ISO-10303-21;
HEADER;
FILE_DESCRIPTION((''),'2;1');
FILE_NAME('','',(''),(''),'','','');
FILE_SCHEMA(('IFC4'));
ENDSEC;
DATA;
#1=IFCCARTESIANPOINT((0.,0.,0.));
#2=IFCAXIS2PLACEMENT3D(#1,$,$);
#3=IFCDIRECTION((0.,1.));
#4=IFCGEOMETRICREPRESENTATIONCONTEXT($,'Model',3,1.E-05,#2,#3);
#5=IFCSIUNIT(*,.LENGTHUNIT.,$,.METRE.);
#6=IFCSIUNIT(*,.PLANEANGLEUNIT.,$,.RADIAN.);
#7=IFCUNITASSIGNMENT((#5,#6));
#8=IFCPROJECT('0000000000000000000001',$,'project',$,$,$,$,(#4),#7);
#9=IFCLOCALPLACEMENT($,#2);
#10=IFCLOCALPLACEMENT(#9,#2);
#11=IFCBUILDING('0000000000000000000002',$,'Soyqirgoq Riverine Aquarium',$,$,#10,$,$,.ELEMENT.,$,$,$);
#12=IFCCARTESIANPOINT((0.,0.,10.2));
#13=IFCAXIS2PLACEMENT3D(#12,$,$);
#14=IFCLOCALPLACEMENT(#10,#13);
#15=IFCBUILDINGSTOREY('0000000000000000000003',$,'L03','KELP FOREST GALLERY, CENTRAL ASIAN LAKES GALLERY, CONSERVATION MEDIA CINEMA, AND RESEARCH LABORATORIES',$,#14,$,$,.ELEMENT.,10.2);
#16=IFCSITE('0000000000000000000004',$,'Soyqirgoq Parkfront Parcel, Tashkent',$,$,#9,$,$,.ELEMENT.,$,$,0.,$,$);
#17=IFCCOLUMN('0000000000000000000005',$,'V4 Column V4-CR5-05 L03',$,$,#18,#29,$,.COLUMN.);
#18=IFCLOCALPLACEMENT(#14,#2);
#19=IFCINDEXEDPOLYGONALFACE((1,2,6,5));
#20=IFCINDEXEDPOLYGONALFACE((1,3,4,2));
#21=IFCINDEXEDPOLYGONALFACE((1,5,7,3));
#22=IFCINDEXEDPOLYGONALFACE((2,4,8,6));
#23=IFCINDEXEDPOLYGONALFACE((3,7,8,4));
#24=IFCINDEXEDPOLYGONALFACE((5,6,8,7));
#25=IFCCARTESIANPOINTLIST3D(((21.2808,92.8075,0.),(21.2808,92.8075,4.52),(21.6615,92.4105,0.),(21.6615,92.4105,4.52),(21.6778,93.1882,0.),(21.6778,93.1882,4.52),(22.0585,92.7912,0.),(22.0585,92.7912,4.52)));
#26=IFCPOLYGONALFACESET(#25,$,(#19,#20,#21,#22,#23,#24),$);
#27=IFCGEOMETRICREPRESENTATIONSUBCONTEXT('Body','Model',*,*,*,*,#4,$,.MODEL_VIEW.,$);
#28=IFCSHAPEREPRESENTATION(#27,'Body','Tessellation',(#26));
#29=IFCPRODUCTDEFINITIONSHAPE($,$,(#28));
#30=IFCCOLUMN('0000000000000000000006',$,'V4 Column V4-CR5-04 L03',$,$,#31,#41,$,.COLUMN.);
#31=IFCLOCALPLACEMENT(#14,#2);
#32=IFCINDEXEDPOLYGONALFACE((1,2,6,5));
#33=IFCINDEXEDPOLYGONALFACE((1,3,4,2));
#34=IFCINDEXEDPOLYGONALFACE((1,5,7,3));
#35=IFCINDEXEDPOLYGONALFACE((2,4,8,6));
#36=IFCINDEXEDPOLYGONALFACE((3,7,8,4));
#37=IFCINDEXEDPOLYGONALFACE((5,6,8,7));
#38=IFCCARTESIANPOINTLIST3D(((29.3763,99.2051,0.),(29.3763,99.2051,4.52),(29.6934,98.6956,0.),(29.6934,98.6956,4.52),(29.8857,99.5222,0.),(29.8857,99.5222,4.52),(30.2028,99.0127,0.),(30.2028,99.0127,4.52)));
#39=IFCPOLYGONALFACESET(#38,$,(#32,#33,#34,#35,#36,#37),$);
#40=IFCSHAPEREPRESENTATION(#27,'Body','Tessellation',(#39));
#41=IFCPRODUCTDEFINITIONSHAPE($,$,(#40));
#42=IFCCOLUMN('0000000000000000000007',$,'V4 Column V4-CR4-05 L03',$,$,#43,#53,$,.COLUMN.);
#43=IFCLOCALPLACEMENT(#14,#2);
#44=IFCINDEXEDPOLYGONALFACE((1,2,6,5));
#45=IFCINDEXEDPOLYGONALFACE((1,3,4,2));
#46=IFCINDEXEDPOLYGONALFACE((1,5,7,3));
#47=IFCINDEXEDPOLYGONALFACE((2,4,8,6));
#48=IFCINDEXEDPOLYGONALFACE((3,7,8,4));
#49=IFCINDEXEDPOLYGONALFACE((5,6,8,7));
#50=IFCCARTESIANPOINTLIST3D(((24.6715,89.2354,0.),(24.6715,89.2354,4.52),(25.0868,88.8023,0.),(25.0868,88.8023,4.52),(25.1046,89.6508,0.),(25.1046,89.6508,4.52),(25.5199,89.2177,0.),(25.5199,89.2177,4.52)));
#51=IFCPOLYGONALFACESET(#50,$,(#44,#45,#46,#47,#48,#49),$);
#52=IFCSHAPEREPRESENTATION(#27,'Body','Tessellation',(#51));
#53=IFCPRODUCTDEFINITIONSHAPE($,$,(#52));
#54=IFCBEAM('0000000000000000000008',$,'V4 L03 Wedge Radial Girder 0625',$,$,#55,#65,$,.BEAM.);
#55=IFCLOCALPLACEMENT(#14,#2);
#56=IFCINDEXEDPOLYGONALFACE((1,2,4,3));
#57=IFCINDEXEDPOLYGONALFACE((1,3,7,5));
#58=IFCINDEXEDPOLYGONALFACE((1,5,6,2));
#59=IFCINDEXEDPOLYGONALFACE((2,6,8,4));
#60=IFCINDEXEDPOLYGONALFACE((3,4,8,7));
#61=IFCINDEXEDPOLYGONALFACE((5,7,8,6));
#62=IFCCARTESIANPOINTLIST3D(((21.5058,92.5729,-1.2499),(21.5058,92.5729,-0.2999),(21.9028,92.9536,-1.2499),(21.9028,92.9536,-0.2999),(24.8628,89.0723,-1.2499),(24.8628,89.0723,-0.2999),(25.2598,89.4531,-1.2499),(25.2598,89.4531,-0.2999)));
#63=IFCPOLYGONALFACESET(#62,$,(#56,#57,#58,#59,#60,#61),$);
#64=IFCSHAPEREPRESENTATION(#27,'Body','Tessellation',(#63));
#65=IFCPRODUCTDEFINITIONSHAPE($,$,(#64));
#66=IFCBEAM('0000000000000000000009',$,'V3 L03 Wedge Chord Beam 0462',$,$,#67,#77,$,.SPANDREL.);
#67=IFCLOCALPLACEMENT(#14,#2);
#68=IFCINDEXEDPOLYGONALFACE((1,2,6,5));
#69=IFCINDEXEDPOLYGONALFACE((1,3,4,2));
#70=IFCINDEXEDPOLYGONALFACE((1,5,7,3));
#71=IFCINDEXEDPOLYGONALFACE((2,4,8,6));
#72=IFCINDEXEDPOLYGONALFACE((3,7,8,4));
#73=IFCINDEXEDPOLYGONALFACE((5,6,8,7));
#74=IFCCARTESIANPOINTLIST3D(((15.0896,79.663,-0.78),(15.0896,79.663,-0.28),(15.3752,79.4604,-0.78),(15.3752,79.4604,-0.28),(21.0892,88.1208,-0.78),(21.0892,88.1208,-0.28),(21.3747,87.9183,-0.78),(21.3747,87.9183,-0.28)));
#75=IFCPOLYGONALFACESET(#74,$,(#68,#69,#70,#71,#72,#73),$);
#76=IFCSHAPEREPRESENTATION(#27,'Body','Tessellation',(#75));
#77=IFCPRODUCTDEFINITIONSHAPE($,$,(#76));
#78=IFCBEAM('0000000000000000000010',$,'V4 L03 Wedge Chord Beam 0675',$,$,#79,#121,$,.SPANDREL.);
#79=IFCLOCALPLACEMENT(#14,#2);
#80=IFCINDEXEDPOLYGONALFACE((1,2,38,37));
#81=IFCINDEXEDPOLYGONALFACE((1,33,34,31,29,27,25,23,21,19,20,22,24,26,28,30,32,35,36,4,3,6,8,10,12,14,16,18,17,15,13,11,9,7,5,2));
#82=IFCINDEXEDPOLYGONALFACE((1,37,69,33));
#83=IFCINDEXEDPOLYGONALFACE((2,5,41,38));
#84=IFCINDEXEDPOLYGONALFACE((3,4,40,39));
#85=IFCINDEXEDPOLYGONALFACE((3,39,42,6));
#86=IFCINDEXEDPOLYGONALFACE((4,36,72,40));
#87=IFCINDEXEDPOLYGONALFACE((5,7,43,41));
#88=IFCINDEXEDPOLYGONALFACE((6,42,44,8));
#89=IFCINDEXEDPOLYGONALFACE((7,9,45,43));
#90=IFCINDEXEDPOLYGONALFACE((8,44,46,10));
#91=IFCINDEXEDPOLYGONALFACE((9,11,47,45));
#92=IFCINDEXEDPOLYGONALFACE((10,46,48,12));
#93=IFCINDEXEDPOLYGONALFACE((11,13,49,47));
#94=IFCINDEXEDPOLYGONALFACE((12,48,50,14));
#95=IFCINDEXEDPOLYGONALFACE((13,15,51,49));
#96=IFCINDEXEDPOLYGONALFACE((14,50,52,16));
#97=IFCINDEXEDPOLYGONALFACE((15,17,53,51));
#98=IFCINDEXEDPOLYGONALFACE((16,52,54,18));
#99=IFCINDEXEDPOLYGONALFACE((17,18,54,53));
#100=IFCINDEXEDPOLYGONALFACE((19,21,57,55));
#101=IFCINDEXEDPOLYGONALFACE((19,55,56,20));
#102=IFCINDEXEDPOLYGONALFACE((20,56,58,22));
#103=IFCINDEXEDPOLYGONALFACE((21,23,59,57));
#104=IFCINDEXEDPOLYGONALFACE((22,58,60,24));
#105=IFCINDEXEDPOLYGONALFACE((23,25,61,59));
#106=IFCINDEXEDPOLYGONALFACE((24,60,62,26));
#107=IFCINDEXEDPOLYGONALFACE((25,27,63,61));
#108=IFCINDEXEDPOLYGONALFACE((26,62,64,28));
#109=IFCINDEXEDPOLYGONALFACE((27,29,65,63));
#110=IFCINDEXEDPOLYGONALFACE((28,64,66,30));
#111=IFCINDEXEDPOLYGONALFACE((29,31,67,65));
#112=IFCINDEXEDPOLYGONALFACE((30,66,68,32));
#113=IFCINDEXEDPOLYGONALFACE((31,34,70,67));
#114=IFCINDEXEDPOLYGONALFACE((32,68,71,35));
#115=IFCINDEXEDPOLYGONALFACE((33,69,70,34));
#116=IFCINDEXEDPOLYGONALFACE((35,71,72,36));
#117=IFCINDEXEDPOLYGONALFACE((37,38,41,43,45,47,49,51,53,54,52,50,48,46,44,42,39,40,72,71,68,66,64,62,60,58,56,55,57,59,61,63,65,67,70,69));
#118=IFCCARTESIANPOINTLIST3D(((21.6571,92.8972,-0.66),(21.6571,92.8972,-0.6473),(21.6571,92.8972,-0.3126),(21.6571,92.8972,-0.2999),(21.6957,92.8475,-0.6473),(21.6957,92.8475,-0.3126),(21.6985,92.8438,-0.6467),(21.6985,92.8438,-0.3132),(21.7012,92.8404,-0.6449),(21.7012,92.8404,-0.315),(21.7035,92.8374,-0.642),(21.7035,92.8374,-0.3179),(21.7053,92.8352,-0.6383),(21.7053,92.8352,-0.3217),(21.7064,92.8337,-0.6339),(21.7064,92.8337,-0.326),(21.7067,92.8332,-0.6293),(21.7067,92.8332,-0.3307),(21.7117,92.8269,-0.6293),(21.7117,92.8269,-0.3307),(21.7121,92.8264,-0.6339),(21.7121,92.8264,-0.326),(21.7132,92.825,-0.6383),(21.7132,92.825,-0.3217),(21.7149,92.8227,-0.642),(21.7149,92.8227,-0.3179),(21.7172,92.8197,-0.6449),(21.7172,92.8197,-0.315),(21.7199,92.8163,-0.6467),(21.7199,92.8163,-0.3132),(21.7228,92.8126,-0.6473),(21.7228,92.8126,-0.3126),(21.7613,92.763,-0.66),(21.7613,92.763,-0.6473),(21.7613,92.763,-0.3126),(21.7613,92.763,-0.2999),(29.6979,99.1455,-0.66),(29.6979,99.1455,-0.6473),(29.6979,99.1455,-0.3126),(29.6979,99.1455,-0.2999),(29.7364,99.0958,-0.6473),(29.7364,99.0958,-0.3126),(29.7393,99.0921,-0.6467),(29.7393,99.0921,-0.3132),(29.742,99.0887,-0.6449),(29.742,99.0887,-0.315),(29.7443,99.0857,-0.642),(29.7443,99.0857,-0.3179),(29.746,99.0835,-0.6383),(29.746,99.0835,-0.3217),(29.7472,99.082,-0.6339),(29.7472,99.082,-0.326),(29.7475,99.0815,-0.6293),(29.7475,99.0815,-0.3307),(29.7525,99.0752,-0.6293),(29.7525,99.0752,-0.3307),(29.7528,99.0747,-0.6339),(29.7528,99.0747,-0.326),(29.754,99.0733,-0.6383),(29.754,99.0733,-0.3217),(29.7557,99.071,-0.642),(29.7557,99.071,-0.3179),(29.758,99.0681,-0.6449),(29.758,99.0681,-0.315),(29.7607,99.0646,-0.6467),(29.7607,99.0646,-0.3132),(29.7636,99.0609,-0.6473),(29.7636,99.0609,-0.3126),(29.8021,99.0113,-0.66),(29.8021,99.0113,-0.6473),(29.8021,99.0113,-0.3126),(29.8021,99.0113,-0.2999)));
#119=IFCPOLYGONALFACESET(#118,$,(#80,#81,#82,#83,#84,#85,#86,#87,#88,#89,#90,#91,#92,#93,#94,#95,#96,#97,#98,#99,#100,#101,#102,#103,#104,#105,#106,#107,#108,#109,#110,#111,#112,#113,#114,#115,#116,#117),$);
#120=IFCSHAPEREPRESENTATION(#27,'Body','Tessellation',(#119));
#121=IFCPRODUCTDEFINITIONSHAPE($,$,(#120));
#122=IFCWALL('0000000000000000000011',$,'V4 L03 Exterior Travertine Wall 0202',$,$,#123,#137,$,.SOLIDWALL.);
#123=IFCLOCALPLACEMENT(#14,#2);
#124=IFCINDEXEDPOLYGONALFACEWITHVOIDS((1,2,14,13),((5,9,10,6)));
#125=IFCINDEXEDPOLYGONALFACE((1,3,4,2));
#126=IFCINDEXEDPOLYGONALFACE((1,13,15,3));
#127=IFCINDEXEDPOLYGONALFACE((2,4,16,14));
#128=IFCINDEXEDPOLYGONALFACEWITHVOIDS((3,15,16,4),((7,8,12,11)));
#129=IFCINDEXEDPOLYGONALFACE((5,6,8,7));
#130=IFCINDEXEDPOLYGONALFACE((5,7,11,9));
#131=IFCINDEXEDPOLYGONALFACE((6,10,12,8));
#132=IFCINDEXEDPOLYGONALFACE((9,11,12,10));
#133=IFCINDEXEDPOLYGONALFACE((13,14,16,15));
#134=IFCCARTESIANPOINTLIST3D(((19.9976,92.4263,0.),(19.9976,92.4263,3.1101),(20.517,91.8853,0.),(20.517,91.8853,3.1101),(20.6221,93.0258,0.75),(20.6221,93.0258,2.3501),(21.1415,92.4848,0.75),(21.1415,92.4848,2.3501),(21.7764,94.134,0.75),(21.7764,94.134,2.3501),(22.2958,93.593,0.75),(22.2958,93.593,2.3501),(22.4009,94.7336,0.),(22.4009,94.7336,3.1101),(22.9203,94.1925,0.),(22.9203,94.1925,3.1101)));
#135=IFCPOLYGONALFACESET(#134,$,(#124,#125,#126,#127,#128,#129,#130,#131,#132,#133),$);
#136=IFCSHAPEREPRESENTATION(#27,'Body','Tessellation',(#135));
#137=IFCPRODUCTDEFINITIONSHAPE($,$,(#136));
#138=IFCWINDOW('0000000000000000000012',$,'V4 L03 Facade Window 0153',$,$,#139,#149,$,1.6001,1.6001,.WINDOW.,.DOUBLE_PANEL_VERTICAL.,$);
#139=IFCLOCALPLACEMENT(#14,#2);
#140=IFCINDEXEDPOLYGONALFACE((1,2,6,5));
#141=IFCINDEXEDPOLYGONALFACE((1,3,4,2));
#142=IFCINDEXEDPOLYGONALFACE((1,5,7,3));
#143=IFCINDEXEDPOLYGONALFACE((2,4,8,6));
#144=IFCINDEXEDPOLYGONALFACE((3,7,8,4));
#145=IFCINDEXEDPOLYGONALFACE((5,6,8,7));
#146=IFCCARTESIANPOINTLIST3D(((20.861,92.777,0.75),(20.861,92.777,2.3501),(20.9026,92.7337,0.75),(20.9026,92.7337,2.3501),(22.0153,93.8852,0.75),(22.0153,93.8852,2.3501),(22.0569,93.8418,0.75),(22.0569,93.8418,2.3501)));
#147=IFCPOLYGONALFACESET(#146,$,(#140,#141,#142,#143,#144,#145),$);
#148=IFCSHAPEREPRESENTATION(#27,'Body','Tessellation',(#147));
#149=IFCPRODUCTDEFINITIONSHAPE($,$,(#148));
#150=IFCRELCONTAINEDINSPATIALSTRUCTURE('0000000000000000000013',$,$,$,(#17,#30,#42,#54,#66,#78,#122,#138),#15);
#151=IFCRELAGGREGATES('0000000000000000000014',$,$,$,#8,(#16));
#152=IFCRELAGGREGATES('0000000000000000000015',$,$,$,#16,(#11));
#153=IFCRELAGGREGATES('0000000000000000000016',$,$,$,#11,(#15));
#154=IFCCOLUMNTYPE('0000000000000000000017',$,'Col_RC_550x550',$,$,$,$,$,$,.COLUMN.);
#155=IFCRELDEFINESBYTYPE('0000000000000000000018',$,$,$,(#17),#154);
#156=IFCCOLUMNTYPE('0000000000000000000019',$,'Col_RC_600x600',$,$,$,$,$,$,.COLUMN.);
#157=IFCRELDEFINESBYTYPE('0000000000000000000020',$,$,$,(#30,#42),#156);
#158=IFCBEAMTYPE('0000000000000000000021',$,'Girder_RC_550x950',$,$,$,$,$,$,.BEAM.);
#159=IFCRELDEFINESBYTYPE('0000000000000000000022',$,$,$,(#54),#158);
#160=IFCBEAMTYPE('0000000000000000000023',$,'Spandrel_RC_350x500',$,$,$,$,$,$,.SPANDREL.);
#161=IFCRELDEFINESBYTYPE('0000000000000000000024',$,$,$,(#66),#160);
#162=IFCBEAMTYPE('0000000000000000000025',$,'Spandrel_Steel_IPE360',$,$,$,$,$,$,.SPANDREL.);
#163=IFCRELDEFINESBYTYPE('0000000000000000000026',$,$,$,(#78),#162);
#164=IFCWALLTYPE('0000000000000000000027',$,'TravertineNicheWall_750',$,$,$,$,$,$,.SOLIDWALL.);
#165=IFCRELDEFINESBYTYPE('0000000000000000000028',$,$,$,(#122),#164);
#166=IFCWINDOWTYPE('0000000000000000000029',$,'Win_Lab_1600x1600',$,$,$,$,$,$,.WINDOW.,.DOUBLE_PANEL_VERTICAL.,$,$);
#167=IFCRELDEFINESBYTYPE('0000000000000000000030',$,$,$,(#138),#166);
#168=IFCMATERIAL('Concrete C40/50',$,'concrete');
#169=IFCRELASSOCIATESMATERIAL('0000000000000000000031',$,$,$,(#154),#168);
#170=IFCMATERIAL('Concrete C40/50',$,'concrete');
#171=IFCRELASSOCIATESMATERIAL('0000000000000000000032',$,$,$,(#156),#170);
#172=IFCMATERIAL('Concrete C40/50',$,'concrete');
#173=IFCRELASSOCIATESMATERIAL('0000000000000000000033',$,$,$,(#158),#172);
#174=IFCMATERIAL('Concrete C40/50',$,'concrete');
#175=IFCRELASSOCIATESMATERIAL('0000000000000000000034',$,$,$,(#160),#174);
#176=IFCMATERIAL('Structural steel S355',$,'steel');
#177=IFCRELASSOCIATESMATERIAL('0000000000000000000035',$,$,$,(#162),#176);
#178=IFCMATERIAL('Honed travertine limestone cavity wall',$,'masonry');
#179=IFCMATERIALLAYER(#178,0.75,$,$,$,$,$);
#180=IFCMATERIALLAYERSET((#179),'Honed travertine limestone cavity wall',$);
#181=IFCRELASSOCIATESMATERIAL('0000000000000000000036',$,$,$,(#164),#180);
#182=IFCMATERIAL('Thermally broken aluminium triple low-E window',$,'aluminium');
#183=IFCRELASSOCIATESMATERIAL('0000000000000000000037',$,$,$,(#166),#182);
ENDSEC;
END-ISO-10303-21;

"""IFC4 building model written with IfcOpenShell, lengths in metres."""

from ifc_helpers import new_model, si_unit, direction, frame, frame_2d, origin, origin_2d, place, context, subcontext, project, spatial, rectangle, i_section, extrude, material, layer, layer_set, material_profile, profile_set, type_object, element, fill, save


model = new_model("IFC4")

# Units and contexts
model_context = context("Model", 3, precision=1e-05, world=origin(), true_north=direction((0.0, 1.0)))
body_context = subcontext(model_context, "Body", "Model", "MODEL_VIEW")
ifc_project = project(units=[si_unit("LENGTHUNIT", "METRE"), si_unit("PLANEANGLEUNIT", "RADIAN")], contexts=[model_context])

# Site, building, storey
site_placement = place(None, origin())
site = spatial("IfcSite", under=ifc_project, at=site_placement, Name="Soyqirgoq Parkfront Parcel, Tashkent", CompositionType="ELEMENT", RefElevation=0.0)
building_placement = place(site_placement, origin())
building = spatial("IfcBuilding", under=site, at=building_placement, Name="Soyqirgoq Riverine Aquarium", CompositionType="ELEMENT")
storey_placement = place(building_placement, frame((0.0, 0.0, 10.2)))
storey = spatial("IfcBuildingStorey", under=building, at=storey_placement, Name="L03", Description="KELP FOREST GALLERY, CENTRAL ASIAN LAKES GALLERY, CONSERVATION MEDIA CINEMA, AND RESEARCH LABORATORIES", CompositionType="ELEMENT", Elevation=10.2)

# Columns
ifc_material_1 = material(Name="Concrete C40/50", Category="concrete")
ifc_material_profile_1 = material_profile(ifc_material_1, rectangle(XDim=0.55, YDim=0.55, at=origin_2d()), Name="RC 550x550")
ifc_profile_set_1 = profile_set([ifc_material_profile_1], Name="Concrete C40/50")
column_type_1 = type_object("IfcColumnType", Name="Col_RC_550x550", PredefinedType="COLUMN", material=ifc_profile_set_1)
column_placement = place(storey_placement, frame((21.6697, 92.7993, 0.0), z_axis=(0.0, 0.0, 1.0), x_axis=(-0.692143, 0.72176, 0.0)))
element("IfcColumn", 1, at=column_placement, inside=storey, type_object=column_type_1, Name="V4 Column V4-CR5-05 L03", PredefinedType="COLUMN", context=body_context, shape_type="SweptSolid", body=[
    extrude(rectangle(XDim=0.55, YDim=0.55, at=origin_2d()), origin(), (0.0, 0.0, 1.0), 4.52),
])
ifc_material_2 = material(Name="Concrete C40/50", Category="concrete")
ifc_material_profile_2 = material_profile(ifc_material_2, rectangle(XDim=0.6001, YDim=0.6001, at=origin_2d()), Name="RC 600x600")
ifc_profile_set_2 = profile_set([ifc_material_profile_2], Name="Concrete C40/50")
column_type_2 = type_object("IfcColumnType", Name="Col_RC_600x600", PredefinedType="COLUMN", material=ifc_profile_set_2)
for number, where, z_axis, x_axis, name in (
    (2, (29.7896, 99.1089, 0.0), (0.0, 0.0, 1.0), (-0.528438, 0.848972, 0.0), "V4 Column V4-CR5-04 L03"),
    (3, (25.0957, 89.2266, 0.0), (0.0, 0.0, 1.0), (-0.692143, 0.72176, 0.0), "V4 Column V4-CR4-05 L03"),
):
    element("IfcColumn", number, at=place(storey_placement, frame(where, z_axis=z_axis, x_axis=x_axis)), inside=storey, type_object=column_type_2, Name=name, PredefinedType="COLUMN", context=body_context, shape_type="SweptSolid", body=[
        extrude(rectangle(XDim=0.6001, YDim=0.6001, at=origin_2d()), origin(), (0.0, 0.0, 1.0), 4.52),
    ])

# Beams
ifc_material_3 = material(Name="Concrete C40/50", Category="concrete")
ifc_material_profile_3 = material_profile(ifc_material_3, rectangle(XDim=0.55, YDim=0.95, at=origin_2d()), Name="RC 550x950")
ifc_profile_set_3 = profile_set([ifc_material_profile_3], Name="Concrete C40/50")
beam_type_1 = type_object("IfcBeamType", Name="Girder_RC_550x950", PredefinedType="BEAM", material=ifc_profile_set_3)
beam_1_placement = place(storey_placement, frame((25.0613, 89.2627, -0.7749), z_axis=(-0.692152, 0.721751, 0.0), x_axis=(-0.721751, -0.692152, 0.0)))
element("IfcBeam", 4, at=beam_1_placement, inside=storey, type_object=beam_type_1, Name="V4 L03 Wedge Radial Girder 0625", PredefinedType="BEAM", context=body_context, shape_type="SweptSolid", body=[
    extrude(rectangle(XDim=0.55, YDim=0.95, at=origin_2d()), origin(), (0.0, 0.0, 1.0), 4.8501),
])
ifc_material_4 = material(Name="Concrete C40/50", Category="concrete")
ifc_material_profile_4 = material_profile(ifc_material_4, rectangle(XDim=0.3501, YDim=0.5, at=origin_2d()), Name="RC 350x500")
ifc_profile_set_4 = profile_set([ifc_material_profile_4], Name="Concrete C40/50")
beam_type_2 = type_object("IfcBeamType", Name="Spandrel_RC_350x500", PredefinedType="SPANDREL", material=ifc_profile_set_4)
beam_2_placement = place(storey_placement, frame((21.2319, 88.0195, -0.53), z_axis=(-0.578569, -0.815633, 0.0), x_axis=(0.815633, -0.578569, 0.0)))
element("IfcBeam", 5, at=beam_2_placement, inside=storey, type_object=beam_type_2, Name="V3 L03 Wedge Chord Beam 0462", PredefinedType="SPANDREL", context=body_context, shape_type="SweptSolid", body=[
    extrude(rectangle(XDim=0.3501, YDim=0.5, at=origin_2d()), origin(), (0.0, 0.0, 1.0), 10.3696),
])
ifc_material_5 = material(Name="Structural steel S355", Category="steel")
ifc_material_profile_5 = material_profile(ifc_material_5, i_section(OverallWidth=0.1699, OverallDepth=0.3601, WebThickness=0.0081, FlangeThickness=0.0127, FilletRadius=0.0181, at=origin_2d()), Name="IPE 360")
ifc_profile_set_5 = profile_set([ifc_material_profile_5], Name="Structural steel S355")
beam_type_3 = type_object("IfcBeamType", Name="Spandrel_Steel_IPE360", PredefinedType="SPANDREL", material=ifc_profile_set_5)
beam_3_placement = place(storey_placement, frame((29.75, 99.0784, -0.48), z_axis=(-0.789621, -0.613595, 0.0), x_axis=(0.613595, -0.789621, 0.0)))
element("IfcBeam", 6, at=beam_3_placement, inside=storey, type_object=beam_type_3, Name="V4 L03 Wedge Chord Beam 0675", PredefinedType="SPANDREL", context=body_context, shape_type="SweptSolid", body=[
    extrude(i_section(OverallWidth=0.1699, OverallDepth=0.3601, WebThickness=0.0081, FlangeThickness=0.0127, FilletRadius=0.0181, at=origin_2d()), origin(), (0.0, 0.0, 1.0), 10.1831),
])

# Wall, opening, window
ifc_material_6 = material(Name="Honed travertine limestone cavity wall", Category="masonry")
ifc_layer = layer(ifc_material_6, 0.75)
ifc_layer_set = layer_set([ifc_layer], Name="Honed travertine limestone cavity wall")
wall_type = type_object("IfcWallType", Name="TravertineNicheWall_750", PredefinedType="SOLIDWALL", material=ifc_layer_set)
wall_1_placement = place(storey_placement, frame((20.2573, 92.1558, 0.0), z_axis=(0.0, 0.0, 1.0), x_axis=(0.721359, 0.692561, 0.0)))
wall_1 = element("IfcWall", 7, at=wall_1_placement, inside=storey, type_object=wall_type, Name="V4 L03 Exterior Travertine Wall 0202", PredefinedType="SOLIDWALL", context=body_context, shape_type="SweptSolid", body=[
    extrude(rectangle(XDim=3.3315, YDim=0.75, at=frame_2d((1.6658, 0.0))), origin(), (0.0, 0.0, 1.0), 3.1101),
])
opening_1_placement = place(wall_1_placement, frame((0.8657, 0.0, 0.75)))
opening_1 = element("IfcOpeningElement", 8, at=opening_1_placement, cuts=wall_1, PredefinedType="OPENING", context=body_context, shape_type="SweptSolid", body=[
    extrude(rectangle(XDim=1.6001, YDim=1.6001, at=frame_2d((0.8, 0.8))), frame((0.0, 0.385, 0.0), z_axis=(0.0, -1.0, 0.0), x_axis=(1.0, 0.0, 0.0)), (0.0, 0.0, 1.0), 0.77),
])
ifc_material_7 = material(Name="Thermally broken aluminium triple low-E window", Category="aluminium")
window_type_1 = type_object("IfcWindowType", Name="Win_Lab_1600x1600", PartitioningType="DOUBLE_PANEL_VERTICAL", PredefinedType="WINDOW", material=ifc_material_7)
window_1_placement = place(opening_1_placement, origin())
window_1 = element("IfcWindow", 9, at=window_1_placement, inside=storey, type_object=window_type_1, Name="V4 L03 Facade Window 0153", OverallHeight=1.6001, OverallWidth=1.6001, PartitioningType="DOUBLE_PANEL_VERTICAL", PredefinedType="WINDOW", context=body_context, shape_type="SweptSolid", body=[
    extrude(rectangle(XDim=1.6001, YDim=1.6001, at=frame_2d((0.8, 0.8))), frame((0.0, 0.03, 0.0), z_axis=(0.0, -1.0, 0.0), x_axis=(1.0, 0.0, 0.0)), (0.0, 0.0, 1.0), 0.0601),
])
fill(opening_1, window_1)

save(model, "model.ifc")
